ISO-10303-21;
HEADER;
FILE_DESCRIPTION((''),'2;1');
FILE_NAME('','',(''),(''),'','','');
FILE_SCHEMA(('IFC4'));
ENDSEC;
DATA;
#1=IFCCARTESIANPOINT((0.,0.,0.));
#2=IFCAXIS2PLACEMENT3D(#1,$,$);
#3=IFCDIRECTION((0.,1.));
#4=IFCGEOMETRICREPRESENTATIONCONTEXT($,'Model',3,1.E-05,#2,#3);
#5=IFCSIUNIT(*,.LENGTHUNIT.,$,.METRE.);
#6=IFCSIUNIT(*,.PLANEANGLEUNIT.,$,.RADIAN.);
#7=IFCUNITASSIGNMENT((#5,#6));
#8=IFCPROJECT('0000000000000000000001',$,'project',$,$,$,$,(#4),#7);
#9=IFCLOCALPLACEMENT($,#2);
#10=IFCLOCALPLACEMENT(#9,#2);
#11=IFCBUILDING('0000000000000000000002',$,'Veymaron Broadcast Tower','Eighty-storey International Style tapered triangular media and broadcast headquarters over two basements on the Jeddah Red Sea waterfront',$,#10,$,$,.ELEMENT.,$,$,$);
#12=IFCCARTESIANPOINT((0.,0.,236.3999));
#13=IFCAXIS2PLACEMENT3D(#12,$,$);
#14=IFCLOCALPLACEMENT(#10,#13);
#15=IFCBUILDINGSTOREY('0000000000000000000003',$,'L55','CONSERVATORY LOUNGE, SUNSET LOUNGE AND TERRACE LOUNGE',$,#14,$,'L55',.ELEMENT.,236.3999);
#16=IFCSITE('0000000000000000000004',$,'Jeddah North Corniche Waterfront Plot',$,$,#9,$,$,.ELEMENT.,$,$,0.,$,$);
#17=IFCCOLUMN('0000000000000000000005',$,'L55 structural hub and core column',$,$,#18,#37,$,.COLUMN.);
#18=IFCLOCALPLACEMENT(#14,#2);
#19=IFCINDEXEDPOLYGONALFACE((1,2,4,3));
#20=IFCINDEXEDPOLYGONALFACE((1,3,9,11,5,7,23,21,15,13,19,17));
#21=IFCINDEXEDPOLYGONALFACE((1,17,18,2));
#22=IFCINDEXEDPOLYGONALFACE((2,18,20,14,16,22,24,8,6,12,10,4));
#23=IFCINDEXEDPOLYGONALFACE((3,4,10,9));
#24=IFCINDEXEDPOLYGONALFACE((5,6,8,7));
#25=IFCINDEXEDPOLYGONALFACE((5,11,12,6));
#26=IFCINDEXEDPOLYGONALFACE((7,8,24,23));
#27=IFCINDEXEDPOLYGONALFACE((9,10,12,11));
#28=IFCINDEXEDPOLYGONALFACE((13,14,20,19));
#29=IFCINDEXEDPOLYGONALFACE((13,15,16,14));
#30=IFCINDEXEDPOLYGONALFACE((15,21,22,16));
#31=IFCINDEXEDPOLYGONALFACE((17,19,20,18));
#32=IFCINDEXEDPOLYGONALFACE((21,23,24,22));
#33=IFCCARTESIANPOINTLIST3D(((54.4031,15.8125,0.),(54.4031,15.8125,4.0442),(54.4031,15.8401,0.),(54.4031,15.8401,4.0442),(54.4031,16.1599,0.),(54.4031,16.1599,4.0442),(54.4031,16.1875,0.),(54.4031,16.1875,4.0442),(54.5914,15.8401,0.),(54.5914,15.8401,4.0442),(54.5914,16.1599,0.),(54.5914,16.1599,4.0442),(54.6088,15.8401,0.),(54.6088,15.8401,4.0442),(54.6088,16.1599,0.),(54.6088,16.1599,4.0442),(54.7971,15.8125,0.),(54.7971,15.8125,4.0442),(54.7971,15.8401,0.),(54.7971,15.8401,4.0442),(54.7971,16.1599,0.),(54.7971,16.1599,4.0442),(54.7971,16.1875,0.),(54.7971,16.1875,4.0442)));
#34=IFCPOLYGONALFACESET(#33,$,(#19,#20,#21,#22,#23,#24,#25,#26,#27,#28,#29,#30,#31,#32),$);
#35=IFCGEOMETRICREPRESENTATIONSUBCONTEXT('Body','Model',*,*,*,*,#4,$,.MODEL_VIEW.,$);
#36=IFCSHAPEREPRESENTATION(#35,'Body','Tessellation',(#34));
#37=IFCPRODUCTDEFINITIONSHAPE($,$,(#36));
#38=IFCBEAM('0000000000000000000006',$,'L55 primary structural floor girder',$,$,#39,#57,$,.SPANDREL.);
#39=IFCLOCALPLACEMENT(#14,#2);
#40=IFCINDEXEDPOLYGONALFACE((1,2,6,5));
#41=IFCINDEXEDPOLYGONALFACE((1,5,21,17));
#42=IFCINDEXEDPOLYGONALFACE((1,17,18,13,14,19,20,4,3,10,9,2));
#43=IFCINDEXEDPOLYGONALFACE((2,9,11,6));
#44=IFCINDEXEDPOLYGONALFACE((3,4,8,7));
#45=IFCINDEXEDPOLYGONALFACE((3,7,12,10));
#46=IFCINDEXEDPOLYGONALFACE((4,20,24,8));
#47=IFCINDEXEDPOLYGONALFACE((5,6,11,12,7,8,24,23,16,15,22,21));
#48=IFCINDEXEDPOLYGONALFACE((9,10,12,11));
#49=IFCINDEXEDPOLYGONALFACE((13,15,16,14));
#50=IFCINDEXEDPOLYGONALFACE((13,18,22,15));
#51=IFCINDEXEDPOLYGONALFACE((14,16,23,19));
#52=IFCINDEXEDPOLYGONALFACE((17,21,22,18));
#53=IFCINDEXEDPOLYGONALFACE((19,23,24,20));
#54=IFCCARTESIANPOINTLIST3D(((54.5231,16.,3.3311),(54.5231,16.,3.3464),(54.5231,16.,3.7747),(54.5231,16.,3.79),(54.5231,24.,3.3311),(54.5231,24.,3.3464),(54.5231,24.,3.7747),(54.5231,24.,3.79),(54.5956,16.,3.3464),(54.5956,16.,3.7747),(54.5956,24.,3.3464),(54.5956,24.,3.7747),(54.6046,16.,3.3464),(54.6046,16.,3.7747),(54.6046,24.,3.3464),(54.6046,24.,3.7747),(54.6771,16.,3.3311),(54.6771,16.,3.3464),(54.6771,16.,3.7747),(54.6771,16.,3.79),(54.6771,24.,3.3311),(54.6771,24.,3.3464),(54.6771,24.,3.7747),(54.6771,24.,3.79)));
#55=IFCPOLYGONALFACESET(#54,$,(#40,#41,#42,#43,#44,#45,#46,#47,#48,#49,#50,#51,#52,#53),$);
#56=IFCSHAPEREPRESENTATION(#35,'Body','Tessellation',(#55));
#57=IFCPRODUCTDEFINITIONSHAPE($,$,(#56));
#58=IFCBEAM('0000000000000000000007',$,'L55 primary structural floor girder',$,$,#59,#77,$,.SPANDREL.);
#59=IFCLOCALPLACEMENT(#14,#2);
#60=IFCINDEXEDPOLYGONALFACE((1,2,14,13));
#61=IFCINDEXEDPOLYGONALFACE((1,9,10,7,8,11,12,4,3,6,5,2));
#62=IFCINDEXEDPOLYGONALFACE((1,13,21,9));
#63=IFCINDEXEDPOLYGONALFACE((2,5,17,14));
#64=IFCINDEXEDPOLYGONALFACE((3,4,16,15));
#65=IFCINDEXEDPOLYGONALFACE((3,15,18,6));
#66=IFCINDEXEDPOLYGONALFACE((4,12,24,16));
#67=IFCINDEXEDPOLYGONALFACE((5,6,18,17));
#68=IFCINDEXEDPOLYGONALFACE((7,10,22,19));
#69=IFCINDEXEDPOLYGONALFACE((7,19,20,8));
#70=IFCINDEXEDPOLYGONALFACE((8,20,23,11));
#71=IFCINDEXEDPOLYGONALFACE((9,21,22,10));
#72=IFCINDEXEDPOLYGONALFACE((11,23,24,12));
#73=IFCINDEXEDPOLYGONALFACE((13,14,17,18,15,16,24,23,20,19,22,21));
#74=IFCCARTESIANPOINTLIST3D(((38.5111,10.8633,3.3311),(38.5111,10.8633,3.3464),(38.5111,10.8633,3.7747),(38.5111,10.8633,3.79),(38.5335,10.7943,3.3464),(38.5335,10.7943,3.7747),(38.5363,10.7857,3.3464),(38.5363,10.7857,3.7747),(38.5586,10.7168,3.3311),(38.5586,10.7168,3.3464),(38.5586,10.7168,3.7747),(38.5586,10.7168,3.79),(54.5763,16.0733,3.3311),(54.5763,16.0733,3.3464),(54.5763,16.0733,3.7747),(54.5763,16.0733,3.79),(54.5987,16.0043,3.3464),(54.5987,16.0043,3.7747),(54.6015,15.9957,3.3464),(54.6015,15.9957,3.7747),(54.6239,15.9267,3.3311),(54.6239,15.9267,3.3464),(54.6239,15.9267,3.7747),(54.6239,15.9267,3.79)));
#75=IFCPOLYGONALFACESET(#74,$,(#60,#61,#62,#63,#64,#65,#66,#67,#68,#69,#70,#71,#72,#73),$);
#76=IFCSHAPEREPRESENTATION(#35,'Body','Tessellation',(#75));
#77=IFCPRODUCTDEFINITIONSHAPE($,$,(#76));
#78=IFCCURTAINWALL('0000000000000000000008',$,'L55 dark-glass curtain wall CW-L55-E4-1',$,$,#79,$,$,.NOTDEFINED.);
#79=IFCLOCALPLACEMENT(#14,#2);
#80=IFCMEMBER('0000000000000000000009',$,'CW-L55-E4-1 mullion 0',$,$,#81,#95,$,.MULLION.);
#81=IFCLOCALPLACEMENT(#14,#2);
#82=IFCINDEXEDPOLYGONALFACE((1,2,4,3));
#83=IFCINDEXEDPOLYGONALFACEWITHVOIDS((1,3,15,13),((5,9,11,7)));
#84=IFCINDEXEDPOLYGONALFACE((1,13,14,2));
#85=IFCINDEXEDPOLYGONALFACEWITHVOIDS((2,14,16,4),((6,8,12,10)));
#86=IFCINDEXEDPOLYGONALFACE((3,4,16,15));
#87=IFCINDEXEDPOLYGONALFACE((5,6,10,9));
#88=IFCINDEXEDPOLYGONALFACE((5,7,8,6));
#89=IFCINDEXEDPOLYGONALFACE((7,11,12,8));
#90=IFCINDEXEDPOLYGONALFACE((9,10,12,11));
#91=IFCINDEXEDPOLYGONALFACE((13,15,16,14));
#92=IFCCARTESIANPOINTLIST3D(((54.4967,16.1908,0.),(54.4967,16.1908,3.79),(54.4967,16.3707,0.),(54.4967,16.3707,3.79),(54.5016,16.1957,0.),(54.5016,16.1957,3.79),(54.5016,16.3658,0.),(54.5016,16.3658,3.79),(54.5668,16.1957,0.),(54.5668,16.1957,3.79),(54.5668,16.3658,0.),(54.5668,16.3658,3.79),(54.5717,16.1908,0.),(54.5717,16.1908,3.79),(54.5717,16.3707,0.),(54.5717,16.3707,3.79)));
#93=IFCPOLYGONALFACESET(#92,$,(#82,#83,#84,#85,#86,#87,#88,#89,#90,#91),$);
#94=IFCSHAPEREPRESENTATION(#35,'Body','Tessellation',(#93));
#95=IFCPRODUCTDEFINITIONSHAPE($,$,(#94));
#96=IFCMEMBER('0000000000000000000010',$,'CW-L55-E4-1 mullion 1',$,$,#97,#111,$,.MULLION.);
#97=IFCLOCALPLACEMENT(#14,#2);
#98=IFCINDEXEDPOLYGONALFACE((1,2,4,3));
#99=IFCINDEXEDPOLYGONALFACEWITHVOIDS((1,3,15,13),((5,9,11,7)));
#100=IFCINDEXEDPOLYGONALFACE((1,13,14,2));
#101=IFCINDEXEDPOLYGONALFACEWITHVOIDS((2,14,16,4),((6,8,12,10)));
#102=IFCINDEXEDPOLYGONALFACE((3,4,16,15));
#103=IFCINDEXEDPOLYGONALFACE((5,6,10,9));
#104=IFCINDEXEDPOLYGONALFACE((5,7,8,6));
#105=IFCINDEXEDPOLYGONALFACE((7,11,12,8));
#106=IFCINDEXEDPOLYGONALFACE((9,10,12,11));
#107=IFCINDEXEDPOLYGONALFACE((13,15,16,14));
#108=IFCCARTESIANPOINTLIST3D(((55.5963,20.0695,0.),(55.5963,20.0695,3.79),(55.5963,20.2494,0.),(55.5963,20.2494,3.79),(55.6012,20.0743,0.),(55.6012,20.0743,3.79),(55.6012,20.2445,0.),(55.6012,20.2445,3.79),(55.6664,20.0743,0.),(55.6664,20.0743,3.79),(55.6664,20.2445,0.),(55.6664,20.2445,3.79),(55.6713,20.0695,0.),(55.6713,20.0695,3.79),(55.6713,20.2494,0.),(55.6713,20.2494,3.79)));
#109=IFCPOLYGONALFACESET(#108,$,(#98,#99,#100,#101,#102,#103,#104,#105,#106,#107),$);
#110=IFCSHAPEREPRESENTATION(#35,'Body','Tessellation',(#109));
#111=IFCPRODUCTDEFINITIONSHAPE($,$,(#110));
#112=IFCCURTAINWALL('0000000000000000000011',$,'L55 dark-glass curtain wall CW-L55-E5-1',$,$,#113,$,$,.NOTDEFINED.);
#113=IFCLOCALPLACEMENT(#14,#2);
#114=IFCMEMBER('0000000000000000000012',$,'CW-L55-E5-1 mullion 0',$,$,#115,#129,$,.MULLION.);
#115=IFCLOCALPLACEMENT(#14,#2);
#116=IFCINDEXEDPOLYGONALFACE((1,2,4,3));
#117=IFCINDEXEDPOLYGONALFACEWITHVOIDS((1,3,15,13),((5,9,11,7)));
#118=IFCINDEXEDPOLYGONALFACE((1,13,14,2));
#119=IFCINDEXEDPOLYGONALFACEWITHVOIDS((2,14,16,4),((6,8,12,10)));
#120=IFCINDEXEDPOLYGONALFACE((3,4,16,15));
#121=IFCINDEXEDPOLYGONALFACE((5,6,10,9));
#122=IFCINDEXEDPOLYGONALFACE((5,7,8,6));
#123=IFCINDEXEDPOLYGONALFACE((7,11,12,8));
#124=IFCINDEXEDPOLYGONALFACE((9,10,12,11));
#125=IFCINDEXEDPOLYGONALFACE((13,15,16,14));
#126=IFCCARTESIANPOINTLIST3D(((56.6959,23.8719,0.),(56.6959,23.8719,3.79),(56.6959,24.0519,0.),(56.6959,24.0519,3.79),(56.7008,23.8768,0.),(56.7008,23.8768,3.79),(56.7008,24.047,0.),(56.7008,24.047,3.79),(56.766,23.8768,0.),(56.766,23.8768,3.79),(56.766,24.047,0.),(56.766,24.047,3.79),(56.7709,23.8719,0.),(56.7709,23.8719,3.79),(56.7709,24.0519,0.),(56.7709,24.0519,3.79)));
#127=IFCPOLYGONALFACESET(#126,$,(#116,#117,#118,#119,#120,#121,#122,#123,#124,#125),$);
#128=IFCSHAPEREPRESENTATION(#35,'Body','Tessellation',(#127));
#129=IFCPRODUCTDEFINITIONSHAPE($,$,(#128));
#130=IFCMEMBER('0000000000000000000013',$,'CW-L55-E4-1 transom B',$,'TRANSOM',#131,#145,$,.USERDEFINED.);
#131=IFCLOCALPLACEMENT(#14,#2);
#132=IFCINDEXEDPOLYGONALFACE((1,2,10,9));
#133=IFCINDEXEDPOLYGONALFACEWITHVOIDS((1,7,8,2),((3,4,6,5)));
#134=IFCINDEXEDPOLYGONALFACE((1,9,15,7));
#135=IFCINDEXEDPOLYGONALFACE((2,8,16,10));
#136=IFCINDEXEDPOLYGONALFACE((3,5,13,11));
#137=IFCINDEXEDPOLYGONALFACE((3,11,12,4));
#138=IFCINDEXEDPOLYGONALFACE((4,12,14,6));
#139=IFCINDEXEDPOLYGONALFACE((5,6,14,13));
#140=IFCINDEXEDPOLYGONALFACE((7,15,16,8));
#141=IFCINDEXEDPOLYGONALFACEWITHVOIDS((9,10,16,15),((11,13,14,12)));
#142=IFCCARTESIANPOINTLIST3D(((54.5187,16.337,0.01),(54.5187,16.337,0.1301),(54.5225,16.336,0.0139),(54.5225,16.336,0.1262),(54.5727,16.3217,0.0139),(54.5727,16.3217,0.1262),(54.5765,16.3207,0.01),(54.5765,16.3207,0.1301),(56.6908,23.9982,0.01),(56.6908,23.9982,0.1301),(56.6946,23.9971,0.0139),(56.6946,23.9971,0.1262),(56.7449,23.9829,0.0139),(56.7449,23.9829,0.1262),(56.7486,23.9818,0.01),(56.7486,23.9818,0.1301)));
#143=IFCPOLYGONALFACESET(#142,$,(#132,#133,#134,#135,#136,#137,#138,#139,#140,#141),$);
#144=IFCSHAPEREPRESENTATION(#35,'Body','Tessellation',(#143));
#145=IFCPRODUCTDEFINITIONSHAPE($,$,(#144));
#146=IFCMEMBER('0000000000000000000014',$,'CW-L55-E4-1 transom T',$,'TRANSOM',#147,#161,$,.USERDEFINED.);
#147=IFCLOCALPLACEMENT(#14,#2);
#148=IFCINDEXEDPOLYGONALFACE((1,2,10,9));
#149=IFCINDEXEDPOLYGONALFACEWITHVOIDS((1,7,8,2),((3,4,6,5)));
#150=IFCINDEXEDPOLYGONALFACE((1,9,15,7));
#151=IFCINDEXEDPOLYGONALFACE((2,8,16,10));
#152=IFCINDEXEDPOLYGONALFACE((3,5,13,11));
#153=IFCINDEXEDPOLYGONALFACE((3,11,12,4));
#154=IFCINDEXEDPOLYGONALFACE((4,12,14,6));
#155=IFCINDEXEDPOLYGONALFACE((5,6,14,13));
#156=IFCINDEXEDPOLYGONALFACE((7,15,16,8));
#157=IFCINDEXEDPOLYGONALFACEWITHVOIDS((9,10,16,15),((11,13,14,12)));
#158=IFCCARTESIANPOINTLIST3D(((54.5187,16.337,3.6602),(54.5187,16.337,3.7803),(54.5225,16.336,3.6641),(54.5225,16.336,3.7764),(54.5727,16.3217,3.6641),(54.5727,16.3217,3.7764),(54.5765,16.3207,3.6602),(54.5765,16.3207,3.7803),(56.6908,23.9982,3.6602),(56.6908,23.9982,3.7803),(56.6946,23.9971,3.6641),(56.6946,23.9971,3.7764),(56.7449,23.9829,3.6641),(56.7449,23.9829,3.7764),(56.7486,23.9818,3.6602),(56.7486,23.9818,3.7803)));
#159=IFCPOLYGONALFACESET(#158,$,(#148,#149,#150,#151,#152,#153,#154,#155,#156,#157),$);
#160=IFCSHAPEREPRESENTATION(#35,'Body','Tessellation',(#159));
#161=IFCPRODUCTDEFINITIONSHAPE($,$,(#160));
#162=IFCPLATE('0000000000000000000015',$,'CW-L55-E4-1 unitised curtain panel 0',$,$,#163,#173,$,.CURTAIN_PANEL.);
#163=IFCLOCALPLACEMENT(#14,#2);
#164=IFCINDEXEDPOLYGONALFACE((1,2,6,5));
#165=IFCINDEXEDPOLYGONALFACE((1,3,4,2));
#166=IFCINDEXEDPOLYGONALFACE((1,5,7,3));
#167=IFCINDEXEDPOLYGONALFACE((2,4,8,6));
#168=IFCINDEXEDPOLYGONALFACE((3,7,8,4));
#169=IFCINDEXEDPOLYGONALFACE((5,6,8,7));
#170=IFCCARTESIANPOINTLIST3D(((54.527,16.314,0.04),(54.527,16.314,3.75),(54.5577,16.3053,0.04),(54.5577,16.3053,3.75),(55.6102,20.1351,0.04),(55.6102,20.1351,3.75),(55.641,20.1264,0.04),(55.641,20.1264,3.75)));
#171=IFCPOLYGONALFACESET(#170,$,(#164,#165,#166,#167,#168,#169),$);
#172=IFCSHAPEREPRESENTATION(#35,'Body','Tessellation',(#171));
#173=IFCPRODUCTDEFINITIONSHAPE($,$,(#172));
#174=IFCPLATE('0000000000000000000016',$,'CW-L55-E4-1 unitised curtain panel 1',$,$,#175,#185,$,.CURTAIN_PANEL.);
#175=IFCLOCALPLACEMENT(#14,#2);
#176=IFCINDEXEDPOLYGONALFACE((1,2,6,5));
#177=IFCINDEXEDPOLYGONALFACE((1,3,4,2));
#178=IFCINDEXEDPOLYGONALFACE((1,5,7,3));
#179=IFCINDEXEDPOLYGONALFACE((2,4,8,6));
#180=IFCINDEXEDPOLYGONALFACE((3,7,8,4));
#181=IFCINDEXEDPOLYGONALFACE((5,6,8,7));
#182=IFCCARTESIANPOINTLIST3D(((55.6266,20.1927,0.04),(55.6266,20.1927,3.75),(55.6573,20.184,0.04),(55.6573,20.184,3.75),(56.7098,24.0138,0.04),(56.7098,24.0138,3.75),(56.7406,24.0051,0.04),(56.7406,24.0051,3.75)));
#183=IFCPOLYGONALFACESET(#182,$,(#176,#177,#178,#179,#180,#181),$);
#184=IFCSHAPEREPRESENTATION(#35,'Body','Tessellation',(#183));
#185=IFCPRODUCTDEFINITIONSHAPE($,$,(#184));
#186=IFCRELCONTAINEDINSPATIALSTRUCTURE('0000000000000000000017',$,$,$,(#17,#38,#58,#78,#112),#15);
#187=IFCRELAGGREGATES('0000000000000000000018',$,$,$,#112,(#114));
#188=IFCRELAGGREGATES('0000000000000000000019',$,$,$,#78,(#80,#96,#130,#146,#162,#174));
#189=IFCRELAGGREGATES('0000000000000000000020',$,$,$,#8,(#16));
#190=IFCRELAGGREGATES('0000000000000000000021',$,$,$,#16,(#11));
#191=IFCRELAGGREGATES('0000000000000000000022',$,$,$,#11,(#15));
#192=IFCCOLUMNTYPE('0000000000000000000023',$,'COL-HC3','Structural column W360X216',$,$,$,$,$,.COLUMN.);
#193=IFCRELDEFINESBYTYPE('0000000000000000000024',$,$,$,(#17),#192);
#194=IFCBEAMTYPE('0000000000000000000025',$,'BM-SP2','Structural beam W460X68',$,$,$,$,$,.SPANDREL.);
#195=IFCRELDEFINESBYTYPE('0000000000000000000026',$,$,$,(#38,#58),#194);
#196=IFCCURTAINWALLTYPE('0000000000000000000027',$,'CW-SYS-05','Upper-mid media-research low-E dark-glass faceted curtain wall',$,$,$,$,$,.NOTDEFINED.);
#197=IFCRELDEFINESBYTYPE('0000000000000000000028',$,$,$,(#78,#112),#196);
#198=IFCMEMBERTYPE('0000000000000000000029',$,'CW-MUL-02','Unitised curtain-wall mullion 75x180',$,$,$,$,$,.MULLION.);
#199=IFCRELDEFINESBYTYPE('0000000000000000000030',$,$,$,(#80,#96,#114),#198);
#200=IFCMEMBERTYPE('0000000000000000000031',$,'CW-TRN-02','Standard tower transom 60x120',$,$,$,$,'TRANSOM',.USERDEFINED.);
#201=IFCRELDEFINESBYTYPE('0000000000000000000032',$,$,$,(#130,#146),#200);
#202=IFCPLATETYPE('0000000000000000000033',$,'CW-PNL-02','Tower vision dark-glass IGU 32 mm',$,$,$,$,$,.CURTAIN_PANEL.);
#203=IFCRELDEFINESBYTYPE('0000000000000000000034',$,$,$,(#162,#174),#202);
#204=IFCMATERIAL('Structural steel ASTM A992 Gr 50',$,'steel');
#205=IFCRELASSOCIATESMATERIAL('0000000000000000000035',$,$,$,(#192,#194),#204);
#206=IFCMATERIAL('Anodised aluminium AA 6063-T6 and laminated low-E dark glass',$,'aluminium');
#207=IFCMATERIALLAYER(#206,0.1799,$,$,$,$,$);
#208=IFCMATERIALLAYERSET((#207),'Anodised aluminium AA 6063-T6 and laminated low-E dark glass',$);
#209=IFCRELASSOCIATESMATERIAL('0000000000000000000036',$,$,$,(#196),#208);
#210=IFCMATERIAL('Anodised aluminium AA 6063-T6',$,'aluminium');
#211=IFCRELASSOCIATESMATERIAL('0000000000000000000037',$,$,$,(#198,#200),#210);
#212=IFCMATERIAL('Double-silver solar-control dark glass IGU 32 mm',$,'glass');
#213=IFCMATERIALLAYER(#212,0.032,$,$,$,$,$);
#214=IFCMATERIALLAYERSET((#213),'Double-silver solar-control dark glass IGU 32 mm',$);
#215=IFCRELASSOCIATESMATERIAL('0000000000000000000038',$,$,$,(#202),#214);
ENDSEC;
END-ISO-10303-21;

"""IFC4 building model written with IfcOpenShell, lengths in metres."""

from ifc_helpers import new_model, si_unit, direction, frame, origin, origin_2d, place, context, subcontext, project, spatial, rectangle, hollow_rectangle, i_section, extrude, material, layer, layer_set, material_profile, profile_set, type_object, element, aggregate, save


model = new_model("IFC4")

# Units and contexts
model_context = context("Model", 3, precision=1e-05, world=origin(), true_north=direction((0.0, 1.0)))
body_context = subcontext(model_context, "Body", "Model", "MODEL_VIEW")
ifc_project = project(units=[si_unit("LENGTHUNIT", "METRE"), si_unit("PLANEANGLEUNIT", "RADIAN")], contexts=[model_context])

# Site, building, storey
site_placement = place(None, origin())
site = spatial("IfcSite", under=ifc_project, at=site_placement, Name="Jeddah North Corniche Waterfront Plot", CompositionType="ELEMENT", RefElevation=0.0)
building_placement = place(site_placement, origin())
building = spatial("IfcBuilding", under=site, at=building_placement, Name="Veymaron Broadcast Tower", Description="Eighty-storey International Style tapered triangular media and broadcast headquarters over two basements on the Jeddah Red Sea waterfront", CompositionType="ELEMENT")
storey_placement = place(building_placement, frame((0.0, 0.0, 236.3999)))
storey = spatial("IfcBuildingStorey", under=building, at=storey_placement, Name="L55", Description="CONSERVATORY LOUNGE, SUNSET LOUNGE AND TERRACE LOUNGE", LongName="L55", CompositionType="ELEMENT", Elevation=236.3999)

# Column
ifc_material_1 = material(Name="Structural steel ASTM A992 Gr 50", Category="steel")
ifc_material_profile_1 = material_profile(ifc_material_1, i_section(OverallWidth=0.394, OverallDepth=0.375, WebThickness=0.0173, FlangeThickness=0.0276, at=origin_2d()), Name="W360X216")
ifc_profile_set_1 = profile_set([ifc_material_profile_1], Name="Structural steel ASTM A992 Gr 50")
column_type = type_object("IfcColumnType", Name="COL-HC3", Description="Structural column W360X216", PredefinedType="COLUMN", material=ifc_profile_set_1)
column_placement = place(storey_placement, frame((54.6001, 16.0, 0.0), z_axis=(0.0, 0.0, 1.0), x_axis=(1.0, 0.0, 0.0)))
element("IfcColumn", 1, at=column_placement, inside=storey, type_object=column_type, Name="L55 structural hub and core column", PredefinedType="COLUMN", context=body_context, shape_type="SweptSolid", body=[
    extrude(i_section(OverallWidth=0.394, OverallDepth=0.375, WebThickness=0.0173, FlangeThickness=0.0276, at=origin_2d()), origin(), (0.0, 0.0, 1.0), 4.0442),
])

# Beams
ifc_material_profile_2 = material_profile(ifc_material_1, i_section(OverallWidth=0.1541, OverallDepth=0.459, WebThickness=0.009, FlangeThickness=0.0154, at=origin_2d()), Name="W460X68")
ifc_profile_set_2 = profile_set([ifc_material_profile_2], Name="Structural steel ASTM A992 Gr 50")
beam_type = type_object("IfcBeamType", Name="BM-SP2", Description="Structural beam W460X68", PredefinedType="SPANDREL", material=ifc_profile_set_2)
beam_1_placement = place(storey_placement, frame((54.6001, 16.0, 3.5605), z_axis=(0.0, 1.0, 0.0), x_axis=(-1.0, 0.0, 0.0)))
element("IfcBeam", 2, at=beam_1_placement, inside=storey, type_object=beam_type, Name="L55 primary structural floor girder", PredefinedType="SPANDREL", context=body_context, shape_type="SweptSolid", body=[
    extrude(i_section(OverallWidth=0.1541, OverallDepth=0.459, WebThickness=0.009, FlangeThickness=0.0154, at=origin_2d()), origin(), (0.0, 0.0, 1.0), 8.0),
])
beam_2_placement = place(storey_placement, frame((54.6001, 16.0, 3.5605), z_axis=(-0.951229, -0.308485, 0.0), x_axis=(0.308485, -0.951229, 0.0)))
element("IfcBeam", 3, at=beam_2_placement, inside=storey, type_object=beam_type, Name="L55 primary structural floor girder", PredefinedType="SPANDREL", context=body_context, shape_type="SweptSolid", body=[
    extrude(i_section(OverallWidth=0.1541, OverallDepth=0.459, WebThickness=0.009, FlangeThickness=0.0154, at=origin_2d()), origin(), (0.0, 0.0, 1.0), 16.8889),
])

# Curtain wall, members
ifc_material_2 = material(Name="Anodised aluminium AA 6063-T6 and laminated low-E dark glass", Category="aluminium")
ifc_layer_1 = layer(ifc_material_2, 0.1799)
ifc_layer_set_1 = layer_set([ifc_layer_1], Name="Anodised aluminium AA 6063-T6 and laminated low-E dark glass")
curtain_wall_type = type_object("IfcCurtainWallType", Name="CW-SYS-05", Description="Upper-mid media-research low-E dark-glass faceted curtain wall", PredefinedType="NOTDEFINED", material=ifc_layer_set_1)
curtain_wall_1_placement = place(storey_placement, origin())
curtain_wall_1 = element("IfcCurtainWall", 4, at=curtain_wall_1_placement, inside=storey, type_object=curtain_wall_type, Name="L55 dark-glass curtain wall CW-L55-E4-1", PredefinedType="NOTDEFINED")
ifc_material_3 = material(Name="Anodised aluminium AA 6063-T6", Category="aluminium")
ifc_material_profile_3 = material_profile(ifc_material_3, hollow_rectangle(XDim=0.075, YDim=0.1799, WallThickness=0.0049, at=origin_2d()), Name="AL180X75X5")
ifc_profile_set_3 = profile_set([ifc_material_profile_3], Name="Anodised aluminium AA 6063-T6")
member_type_1 = type_object("IfcMemberType", Name="CW-MUL-02", Description="Unitised curtain-wall mullion 75x180", PredefinedType="MULLION", material=ifc_profile_set_3)
member_1_placement = place(storey_placement, frame((54.5342, 16.2808, 0.0), z_axis=(0.0, 0.0, 1.0), x_axis=(1.0, 0.0, 0.0)))
member_1 = element("IfcMember", 5, at=member_1_placement, type_object=member_type_1, Name="CW-L55-E4-1 mullion 0", PredefinedType="MULLION", context=body_context, shape_type="SweptSolid", body=[
    extrude(hollow_rectangle(XDim=0.075, YDim=0.1799, WallThickness=0.0049, at=origin_2d()), origin(), (0.0, 0.0, 1.0), 3.79),
])
member_2_placement = place(storey_placement, frame((55.6338, 20.1594, 0.0), z_axis=(0.0, 0.0, 1.0), x_axis=(1.0, 0.0, 0.0)))
member_2 = element("IfcMember", 6, at=member_2_placement, type_object=member_type_1, Name="CW-L55-E4-1 mullion 1", PredefinedType="MULLION", context=body_context, shape_type="SweptSolid", body=[
    extrude(hollow_rectangle(XDim=0.075, YDim=0.1799, WallThickness=0.0049, at=origin_2d()), origin(), (0.0, 0.0, 1.0), 3.79),
])

# Curtain wall, member
curtain_wall_2_placement = place(storey_placement, origin())
curtain_wall_2 = element("IfcCurtainWall", 7, at=curtain_wall_2_placement, inside=storey, type_object=curtain_wall_type, Name="L55 dark-glass curtain wall CW-L55-E5-1", PredefinedType="NOTDEFINED")
member_3_placement = place(storey_placement, frame((56.7334, 23.9619, 0.0), z_axis=(0.0, 0.0, 1.0), x_axis=(1.0, 0.0, 0.0)))
member_3 = element("IfcMember", 8, at=member_3_placement, type_object=member_type_1, Name="CW-L55-E5-1 mullion 0", PredefinedType="MULLION", context=body_context, shape_type="SweptSolid", body=[
    extrude(hollow_rectangle(XDim=0.075, YDim=0.1799, WallThickness=0.0049, at=origin_2d()), origin(), (0.0, 0.0, 1.0), 3.79),
])
aggregate(curtain_wall_2, [member_3])

# Members
ifc_material_profile_4 = material_profile(ifc_material_3, hollow_rectangle(XDim=0.0601, YDim=0.1201, WallThickness=0.0039, at=origin_2d()), Name="AL120X60X4")
ifc_profile_set_4 = profile_set([ifc_material_profile_4], Name="Anodised aluminium AA 6063-T6")
member_type_2 = type_object("IfcMemberType", Name="CW-TRN-02", Description="Standard tower transom 60x120", ElementType="TRANSOM", PredefinedType="USERDEFINED", material=ifc_profile_set_4)
member_4_placement = place(storey_placement, frame((54.5476, 16.3289, 0.0701), z_axis=(0.272773, 0.962078, 0.0), x_axis=(-0.962078, 0.272773, 0.0)))
member_4 = element("IfcMember", 9, at=member_4_placement, type_object=member_type_2, Name="CW-L55-E4-1 transom B", ObjectType="TRANSOM", PredefinedType="USERDEFINED", context=body_context, shape_type="SweptSolid", body=[
    extrude(hollow_rectangle(XDim=0.0601, YDim=0.1201, WallThickness=0.0039, at=origin_2d()), origin(), (0.0, 0.0, 1.0), 7.9631),
])
member_5_placement = place(storey_placement, frame((54.5476, 16.3289, 3.7202), z_axis=(0.272773, 0.962078, 0.0), x_axis=(-0.962078, 0.272773, 0.0)))
member_5 = element("IfcMember", 10, at=member_5_placement, type_object=member_type_2, Name="CW-L55-E4-1 transom T", ObjectType="TRANSOM", PredefinedType="USERDEFINED", context=body_context, shape_type="SweptSolid", body=[
    extrude(hollow_rectangle(XDim=0.0601, YDim=0.1201, WallThickness=0.0039, at=origin_2d()), origin(), (0.0, 0.0, 1.0), 7.9631),
])

# Plates
ifc_material_4 = material(Name="Double-silver solar-control dark glass IGU 32 mm", Category="glass")
ifc_layer_2 = layer(ifc_material_4, 0.032)
ifc_layer_set_2 = layer_set([ifc_layer_2], Name="Double-silver solar-control dark glass IGU 32 mm")
plate_type = type_object("IfcPlateType", Name="CW-PNL-02", Description="Tower vision dark-glass IGU 32 mm", PredefinedType="CURTAIN_PANEL", material=ifc_layer_set_2)
plate_1_placement = place(storey_placement, frame((55.084, 18.2202, 0.04), z_axis=(0.0, 0.0, 1.0), x_axis=(0.27275, 0.962085, 0.0)))
plate_1 = element("IfcPlate", 11, at=plate_1_placement, type_object=plate_type, Name="CW-L55-E4-1 unitised curtain panel 0", PredefinedType="CURTAIN_PANEL", context=body_context, shape_type="SweptSolid", body=[
    extrude(rectangle(XDim=3.9717, YDim=0.032, at=origin_2d()), origin(), (0.0, 0.0, 1.0), 3.71),
])
plate_2_placement = place(storey_placement, frame((56.1836, 22.0989, 0.04), z_axis=(0.0, 0.0, 1.0), x_axis=(0.27275, 0.962085, 0.0)))
plate_2 = element("IfcPlate", 12, at=plate_2_placement, type_object=plate_type, Name="CW-L55-E4-1 unitised curtain panel 1", PredefinedType="CURTAIN_PANEL", context=body_context, shape_type="SweptSolid", body=[
    extrude(rectangle(XDim=3.9717, YDim=0.032, at=origin_2d()), origin(), (0.0, 0.0, 1.0), 3.71),
])
aggregate(curtain_wall_1, [member_1, member_2, member_4, member_5, plate_1, plate_2])

save(model, "model.ifc")
